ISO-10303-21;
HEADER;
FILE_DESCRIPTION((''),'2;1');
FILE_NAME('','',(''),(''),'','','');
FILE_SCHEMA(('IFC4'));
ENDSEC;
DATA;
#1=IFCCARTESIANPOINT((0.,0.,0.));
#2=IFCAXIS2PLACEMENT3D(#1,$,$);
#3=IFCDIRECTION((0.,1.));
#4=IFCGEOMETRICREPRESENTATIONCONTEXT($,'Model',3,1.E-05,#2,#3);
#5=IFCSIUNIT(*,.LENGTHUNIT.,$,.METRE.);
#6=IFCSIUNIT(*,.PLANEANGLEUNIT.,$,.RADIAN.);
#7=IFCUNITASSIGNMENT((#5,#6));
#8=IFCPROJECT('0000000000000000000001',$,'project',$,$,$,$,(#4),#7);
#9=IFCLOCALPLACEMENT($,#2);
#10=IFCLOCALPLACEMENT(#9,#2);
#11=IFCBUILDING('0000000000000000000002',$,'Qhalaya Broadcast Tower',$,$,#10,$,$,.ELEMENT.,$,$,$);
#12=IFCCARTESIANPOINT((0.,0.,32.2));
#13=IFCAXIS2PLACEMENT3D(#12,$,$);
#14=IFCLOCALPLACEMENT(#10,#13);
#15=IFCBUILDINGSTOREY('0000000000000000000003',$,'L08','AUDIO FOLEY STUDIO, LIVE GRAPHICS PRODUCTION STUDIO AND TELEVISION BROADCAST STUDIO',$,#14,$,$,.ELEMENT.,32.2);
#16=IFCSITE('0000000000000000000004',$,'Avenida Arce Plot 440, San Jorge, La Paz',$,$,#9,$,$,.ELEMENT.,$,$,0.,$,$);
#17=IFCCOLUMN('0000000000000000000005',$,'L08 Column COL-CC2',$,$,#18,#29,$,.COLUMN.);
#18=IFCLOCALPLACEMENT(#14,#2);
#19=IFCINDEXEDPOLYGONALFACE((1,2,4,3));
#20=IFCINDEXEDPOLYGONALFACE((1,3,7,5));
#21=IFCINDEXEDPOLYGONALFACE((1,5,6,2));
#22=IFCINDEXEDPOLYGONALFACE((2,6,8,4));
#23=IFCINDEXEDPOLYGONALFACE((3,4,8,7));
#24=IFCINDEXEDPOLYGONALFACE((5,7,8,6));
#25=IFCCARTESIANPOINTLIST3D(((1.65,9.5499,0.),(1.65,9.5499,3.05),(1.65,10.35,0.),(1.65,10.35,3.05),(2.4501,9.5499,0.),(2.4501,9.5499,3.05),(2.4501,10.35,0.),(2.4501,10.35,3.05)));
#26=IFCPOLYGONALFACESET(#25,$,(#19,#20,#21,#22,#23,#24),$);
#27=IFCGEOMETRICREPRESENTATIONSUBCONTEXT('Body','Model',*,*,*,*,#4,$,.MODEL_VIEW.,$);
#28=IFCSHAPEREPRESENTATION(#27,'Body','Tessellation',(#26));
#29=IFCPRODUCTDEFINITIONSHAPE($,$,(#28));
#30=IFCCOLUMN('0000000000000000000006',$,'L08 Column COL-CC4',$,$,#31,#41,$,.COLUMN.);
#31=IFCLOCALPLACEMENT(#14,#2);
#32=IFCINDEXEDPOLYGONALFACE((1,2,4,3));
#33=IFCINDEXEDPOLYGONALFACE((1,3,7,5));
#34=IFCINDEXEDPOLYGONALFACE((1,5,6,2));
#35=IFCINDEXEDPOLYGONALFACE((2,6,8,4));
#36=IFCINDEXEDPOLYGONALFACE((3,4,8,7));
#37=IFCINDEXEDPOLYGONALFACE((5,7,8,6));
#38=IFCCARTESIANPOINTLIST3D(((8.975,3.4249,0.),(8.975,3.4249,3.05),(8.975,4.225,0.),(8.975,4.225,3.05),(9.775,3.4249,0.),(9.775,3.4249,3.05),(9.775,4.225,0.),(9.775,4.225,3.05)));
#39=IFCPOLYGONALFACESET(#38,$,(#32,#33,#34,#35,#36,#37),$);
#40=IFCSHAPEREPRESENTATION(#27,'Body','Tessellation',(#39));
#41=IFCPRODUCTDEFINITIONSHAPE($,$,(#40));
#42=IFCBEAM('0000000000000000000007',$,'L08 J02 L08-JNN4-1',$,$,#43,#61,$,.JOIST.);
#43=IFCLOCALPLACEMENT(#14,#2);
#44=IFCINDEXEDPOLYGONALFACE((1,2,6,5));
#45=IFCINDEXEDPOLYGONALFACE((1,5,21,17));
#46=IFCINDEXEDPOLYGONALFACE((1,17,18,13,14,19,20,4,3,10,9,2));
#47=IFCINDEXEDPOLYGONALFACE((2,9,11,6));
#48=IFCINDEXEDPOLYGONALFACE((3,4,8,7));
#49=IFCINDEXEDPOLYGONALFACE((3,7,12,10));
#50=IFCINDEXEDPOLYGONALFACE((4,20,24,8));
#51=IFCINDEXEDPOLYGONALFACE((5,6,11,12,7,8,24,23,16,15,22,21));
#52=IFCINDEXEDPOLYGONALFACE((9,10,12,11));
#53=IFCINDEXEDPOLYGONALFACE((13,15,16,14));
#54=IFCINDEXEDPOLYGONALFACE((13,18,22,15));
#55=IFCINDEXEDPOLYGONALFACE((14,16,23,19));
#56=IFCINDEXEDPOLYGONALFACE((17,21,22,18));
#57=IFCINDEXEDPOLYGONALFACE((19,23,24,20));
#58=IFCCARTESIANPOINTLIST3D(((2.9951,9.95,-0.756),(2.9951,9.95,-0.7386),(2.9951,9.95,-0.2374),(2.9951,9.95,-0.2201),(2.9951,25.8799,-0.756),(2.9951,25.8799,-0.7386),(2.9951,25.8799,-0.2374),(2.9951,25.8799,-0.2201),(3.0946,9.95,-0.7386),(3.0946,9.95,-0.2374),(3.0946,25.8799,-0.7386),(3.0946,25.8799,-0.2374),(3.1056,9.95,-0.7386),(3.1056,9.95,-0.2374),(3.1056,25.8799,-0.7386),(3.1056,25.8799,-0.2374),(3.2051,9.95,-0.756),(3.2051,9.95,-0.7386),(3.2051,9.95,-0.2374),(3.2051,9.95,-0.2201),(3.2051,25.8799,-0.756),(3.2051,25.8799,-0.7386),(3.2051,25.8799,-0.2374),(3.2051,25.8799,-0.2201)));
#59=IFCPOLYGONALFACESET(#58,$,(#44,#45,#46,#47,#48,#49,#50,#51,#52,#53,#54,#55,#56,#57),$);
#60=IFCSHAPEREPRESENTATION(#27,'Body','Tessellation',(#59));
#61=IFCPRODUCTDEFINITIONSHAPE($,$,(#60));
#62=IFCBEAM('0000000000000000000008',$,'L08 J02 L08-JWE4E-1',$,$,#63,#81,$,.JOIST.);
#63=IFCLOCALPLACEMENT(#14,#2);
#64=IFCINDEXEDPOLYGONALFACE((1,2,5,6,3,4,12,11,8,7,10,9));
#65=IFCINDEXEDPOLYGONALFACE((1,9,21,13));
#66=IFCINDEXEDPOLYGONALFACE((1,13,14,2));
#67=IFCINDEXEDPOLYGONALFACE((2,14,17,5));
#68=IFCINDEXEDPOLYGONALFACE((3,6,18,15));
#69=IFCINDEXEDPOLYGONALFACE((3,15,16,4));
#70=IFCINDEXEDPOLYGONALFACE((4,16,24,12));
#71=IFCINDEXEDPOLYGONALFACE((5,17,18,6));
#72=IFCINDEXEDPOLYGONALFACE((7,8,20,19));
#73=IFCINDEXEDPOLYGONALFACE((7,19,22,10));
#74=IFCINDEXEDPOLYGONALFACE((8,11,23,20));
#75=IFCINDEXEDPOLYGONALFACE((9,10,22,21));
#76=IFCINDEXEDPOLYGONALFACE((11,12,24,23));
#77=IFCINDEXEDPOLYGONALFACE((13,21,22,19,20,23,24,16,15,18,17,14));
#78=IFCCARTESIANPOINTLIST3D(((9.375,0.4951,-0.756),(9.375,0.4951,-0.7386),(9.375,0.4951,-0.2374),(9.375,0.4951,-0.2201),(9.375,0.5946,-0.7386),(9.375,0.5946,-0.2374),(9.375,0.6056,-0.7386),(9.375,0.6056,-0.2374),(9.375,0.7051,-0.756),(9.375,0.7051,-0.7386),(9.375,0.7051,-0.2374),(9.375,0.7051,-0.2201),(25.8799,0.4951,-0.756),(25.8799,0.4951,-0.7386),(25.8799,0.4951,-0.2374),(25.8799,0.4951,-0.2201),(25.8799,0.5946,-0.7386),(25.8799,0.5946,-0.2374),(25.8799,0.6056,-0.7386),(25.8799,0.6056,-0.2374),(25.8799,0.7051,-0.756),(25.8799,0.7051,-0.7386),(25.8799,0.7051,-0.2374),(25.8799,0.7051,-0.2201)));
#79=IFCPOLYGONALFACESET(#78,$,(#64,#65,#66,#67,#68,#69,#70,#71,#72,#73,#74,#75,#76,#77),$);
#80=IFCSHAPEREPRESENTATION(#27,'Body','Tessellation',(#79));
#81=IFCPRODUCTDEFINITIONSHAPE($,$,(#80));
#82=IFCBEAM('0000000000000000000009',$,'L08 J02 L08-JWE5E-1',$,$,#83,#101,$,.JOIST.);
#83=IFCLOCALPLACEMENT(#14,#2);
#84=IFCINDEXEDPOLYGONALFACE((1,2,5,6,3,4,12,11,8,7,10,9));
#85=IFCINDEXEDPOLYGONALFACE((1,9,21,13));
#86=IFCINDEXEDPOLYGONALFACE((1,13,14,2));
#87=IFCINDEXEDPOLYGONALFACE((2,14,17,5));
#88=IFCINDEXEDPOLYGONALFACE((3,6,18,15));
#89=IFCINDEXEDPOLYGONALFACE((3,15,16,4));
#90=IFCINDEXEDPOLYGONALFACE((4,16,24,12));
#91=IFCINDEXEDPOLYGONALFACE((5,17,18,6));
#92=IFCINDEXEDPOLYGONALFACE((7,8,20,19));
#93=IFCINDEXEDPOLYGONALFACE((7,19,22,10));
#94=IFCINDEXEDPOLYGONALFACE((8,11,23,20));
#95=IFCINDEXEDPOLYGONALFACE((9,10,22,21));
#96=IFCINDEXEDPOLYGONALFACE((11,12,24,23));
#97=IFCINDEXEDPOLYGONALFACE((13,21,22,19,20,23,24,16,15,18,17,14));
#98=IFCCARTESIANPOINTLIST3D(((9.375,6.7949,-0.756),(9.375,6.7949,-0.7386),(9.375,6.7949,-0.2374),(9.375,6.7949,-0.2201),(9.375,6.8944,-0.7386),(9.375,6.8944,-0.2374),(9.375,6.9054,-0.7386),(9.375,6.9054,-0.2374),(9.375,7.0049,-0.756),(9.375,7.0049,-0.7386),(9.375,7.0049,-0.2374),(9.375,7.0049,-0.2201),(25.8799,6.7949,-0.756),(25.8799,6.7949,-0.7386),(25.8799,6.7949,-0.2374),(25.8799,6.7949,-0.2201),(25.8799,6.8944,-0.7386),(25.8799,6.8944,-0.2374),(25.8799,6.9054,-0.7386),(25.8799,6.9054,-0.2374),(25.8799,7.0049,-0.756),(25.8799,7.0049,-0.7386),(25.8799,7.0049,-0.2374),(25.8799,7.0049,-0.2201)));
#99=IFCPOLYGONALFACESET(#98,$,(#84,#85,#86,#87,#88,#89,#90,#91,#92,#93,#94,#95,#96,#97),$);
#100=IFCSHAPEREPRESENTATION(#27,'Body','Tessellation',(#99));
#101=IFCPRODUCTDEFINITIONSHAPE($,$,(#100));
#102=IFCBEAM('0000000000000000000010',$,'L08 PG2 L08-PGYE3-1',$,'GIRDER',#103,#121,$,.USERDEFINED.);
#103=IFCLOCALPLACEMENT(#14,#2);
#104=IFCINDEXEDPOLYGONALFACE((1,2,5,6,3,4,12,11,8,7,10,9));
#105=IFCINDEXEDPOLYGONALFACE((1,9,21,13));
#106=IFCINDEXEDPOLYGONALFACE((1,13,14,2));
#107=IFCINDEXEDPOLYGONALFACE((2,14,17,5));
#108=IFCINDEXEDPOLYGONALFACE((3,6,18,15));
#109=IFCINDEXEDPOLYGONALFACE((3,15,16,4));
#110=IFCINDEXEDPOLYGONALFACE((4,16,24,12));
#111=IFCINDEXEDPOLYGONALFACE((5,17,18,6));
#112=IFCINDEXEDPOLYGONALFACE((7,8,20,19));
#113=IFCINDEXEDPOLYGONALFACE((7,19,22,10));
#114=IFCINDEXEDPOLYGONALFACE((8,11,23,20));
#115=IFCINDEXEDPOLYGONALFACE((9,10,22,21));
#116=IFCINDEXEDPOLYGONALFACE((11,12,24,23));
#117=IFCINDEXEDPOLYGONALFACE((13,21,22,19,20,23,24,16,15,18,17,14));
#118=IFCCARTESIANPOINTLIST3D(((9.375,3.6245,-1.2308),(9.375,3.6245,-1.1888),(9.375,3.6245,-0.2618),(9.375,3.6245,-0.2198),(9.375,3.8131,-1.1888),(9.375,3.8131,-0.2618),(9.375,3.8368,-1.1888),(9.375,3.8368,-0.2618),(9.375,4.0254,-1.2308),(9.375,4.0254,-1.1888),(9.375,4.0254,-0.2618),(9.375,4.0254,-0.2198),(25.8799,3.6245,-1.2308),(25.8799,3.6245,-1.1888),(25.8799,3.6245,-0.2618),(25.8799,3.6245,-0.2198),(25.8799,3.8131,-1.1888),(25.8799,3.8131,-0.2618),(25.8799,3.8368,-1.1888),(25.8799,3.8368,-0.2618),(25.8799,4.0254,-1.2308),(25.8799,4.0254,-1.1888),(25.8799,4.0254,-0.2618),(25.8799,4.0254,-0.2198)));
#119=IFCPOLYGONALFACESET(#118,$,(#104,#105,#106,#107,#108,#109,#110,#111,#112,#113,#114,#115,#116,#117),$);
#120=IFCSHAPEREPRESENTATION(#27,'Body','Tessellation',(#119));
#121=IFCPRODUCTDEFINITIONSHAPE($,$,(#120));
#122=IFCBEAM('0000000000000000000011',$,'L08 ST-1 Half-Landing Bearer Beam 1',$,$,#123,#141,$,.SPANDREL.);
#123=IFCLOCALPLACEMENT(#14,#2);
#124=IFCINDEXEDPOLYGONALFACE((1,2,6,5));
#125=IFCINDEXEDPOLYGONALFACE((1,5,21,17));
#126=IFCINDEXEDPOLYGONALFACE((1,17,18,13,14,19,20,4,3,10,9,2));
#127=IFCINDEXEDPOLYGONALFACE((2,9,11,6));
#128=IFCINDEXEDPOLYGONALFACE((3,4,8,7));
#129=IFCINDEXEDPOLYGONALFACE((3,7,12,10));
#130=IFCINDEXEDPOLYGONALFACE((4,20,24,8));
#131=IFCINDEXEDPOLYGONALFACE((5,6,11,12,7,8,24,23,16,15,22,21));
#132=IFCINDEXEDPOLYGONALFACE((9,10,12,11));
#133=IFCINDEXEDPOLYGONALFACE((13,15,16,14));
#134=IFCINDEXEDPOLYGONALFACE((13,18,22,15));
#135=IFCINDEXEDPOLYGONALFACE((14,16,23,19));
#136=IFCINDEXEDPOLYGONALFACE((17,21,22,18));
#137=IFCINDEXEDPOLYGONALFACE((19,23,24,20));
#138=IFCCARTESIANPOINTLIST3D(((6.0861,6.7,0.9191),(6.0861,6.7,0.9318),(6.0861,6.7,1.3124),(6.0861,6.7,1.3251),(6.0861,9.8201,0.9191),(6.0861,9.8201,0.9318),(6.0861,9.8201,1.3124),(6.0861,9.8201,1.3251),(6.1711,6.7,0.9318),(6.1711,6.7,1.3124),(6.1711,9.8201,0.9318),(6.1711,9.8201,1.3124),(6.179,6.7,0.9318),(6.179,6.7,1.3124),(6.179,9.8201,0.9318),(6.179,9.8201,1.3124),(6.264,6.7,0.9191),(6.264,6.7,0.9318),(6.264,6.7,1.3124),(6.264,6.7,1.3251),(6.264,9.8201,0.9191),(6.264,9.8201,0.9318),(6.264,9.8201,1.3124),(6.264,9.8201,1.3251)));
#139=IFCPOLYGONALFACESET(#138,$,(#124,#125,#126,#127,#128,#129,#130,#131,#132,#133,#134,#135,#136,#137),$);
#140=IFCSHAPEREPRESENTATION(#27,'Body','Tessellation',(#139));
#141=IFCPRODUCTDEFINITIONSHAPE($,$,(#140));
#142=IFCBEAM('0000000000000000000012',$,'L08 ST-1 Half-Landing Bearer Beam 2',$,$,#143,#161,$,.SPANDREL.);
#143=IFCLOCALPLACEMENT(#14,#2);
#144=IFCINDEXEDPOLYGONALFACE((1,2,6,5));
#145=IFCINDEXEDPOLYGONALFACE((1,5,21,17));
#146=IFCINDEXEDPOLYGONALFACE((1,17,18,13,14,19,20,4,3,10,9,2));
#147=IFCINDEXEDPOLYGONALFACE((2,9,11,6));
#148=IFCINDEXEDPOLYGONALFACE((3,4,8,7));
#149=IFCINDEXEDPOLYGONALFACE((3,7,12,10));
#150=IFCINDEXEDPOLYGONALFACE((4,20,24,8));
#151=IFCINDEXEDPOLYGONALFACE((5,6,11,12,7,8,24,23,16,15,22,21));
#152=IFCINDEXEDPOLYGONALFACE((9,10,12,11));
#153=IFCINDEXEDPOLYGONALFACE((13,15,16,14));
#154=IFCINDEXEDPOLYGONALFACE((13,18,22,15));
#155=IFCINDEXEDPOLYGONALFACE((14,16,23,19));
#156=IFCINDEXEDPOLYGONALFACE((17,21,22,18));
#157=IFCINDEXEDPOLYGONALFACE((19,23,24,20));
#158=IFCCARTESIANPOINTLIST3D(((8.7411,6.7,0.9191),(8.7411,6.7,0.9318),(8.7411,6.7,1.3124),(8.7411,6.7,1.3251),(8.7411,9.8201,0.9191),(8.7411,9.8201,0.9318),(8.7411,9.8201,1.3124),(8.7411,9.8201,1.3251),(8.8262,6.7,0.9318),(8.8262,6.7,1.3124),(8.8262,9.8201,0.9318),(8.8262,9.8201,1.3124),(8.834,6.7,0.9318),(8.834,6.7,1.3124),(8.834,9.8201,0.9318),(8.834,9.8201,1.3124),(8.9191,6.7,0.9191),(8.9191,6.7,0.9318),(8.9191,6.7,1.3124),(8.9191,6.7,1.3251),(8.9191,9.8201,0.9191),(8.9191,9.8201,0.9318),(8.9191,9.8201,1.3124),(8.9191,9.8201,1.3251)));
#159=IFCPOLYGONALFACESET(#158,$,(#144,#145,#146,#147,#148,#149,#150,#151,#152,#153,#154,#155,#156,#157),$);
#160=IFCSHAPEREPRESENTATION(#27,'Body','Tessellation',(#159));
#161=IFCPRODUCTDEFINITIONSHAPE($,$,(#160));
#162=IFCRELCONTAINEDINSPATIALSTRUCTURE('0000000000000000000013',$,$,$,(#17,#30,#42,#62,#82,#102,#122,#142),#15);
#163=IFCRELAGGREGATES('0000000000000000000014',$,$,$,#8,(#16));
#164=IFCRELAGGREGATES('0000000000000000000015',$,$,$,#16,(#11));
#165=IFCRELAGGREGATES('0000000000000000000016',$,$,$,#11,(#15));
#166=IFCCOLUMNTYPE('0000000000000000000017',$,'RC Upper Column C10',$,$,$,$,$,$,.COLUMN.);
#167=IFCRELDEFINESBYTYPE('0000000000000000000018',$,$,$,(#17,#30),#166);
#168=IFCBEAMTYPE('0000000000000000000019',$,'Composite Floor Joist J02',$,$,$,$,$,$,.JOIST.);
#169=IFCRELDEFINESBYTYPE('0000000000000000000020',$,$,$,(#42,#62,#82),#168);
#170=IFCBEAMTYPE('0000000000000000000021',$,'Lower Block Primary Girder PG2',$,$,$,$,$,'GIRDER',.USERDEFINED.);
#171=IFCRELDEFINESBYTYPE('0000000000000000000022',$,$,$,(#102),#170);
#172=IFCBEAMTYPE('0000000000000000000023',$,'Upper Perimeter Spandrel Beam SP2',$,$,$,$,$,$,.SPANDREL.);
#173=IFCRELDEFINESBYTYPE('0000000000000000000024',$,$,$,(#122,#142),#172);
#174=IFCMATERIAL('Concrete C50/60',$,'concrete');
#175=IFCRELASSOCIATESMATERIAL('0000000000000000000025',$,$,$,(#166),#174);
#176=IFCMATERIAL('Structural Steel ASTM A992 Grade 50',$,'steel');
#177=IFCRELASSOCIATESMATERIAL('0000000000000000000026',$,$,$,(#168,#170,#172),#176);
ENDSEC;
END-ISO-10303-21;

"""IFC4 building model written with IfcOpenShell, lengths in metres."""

from ifc_helpers import new_model, si_unit, direction, frame, origin, origin_2d, place, context, subcontext, project, spatial, rectangle, i_section, extrude, material, material_profile, profile_set, type_object, element, save


model = new_model("IFC4")

# Units and contexts
model_context = context("Model", 3, precision=1e-05, world=origin(), true_north=direction((0.0, 1.0)))
body_context = subcontext(model_context, "Body", "Model", "MODEL_VIEW")
ifc_project = project(units=[si_unit("LENGTHUNIT", "METRE"), si_unit("PLANEANGLEUNIT", "RADIAN")], contexts=[model_context])

# Site, building, storey
site_placement = place(None, origin())
site = spatial("IfcSite", under=ifc_project, at=site_placement, Name="Avenida Arce Plot 440, San Jorge, La Paz", CompositionType="ELEMENT", RefElevation=0.0)
building_placement = place(site_placement, origin())
building = spatial("IfcBuilding", under=site, at=building_placement, Name="Qhalaya Broadcast Tower", CompositionType="ELEMENT")
storey_placement = place(building_placement, frame((0.0, 0.0, 32.2)))
storey = spatial("IfcBuildingStorey", under=building, at=storey_placement, Name="L08", Description="AUDIO FOLEY STUDIO, LIVE GRAPHICS PRODUCTION STUDIO AND TELEVISION BROADCAST STUDIO", CompositionType="ELEMENT", Elevation=32.2)

# Columns
ifc_material_1 = material(Name="Concrete C50/60", Category="concrete")
ifc_material_profile_1 = material_profile(ifc_material_1, rectangle(XDim=0.8, YDim=0.8, at=origin_2d()), Name="RC-COL 800x800")
ifc_profile_set_1 = profile_set([ifc_material_profile_1], Name="Concrete C50/60")
column_type = type_object("IfcColumnType", Name="RC Upper Column C10", PredefinedType="COLUMN", material=ifc_profile_set_1)
for number, where, z_axis, x_axis, name in (
    (1, (2.05, 9.95, 0.0), (0.0, 0.0, 1.0), (1.0, 0.0, 0.0), "L08 Column COL-CC2"),
    (2, (9.375, 3.825, 0.0), (0.0, 0.0, 1.0), (1.0, 0.0, 0.0), "L08 Column COL-CC4"),
):
    element("IfcColumn", number, at=place(storey_placement, frame(where, z_axis=z_axis, x_axis=x_axis)), inside=storey, type_object=column_type, Name=name, PredefinedType="COLUMN", context=body_context, shape_type="SweptSolid", body=[
        extrude(rectangle(XDim=0.8, YDim=0.8, at=origin_2d()), origin(), (0.0, 0.0, 1.0), 3.05),
    ])

# Beams
ifc_material_2 = material(Name="Structural Steel ASTM A992 Grade 50", Category="steel")
ifc_material_profile_2 = material_profile(ifc_material_2, i_section(OverallWidth=0.21, OverallDepth=0.5359, WebThickness=0.011, FlangeThickness=0.0173, at=origin_2d()), Name="W21X68")
ifc_profile_set_2 = profile_set([ifc_material_profile_2], Name="Structural Steel ASTM A992 Grade 50")
beam_type_1 = type_object("IfcBeamType", Name="Composite Floor Joist J02", PredefinedType="JOIST", material=ifc_profile_set_2)
beam_1_placement = place(storey_placement, frame((3.1001, 9.95, -0.488), z_axis=(0.0, 1.0, 0.0), x_axis=(-1.0, 0.0, 0.0)))
element("IfcBeam", 3, at=beam_1_placement, inside=storey, type_object=beam_type_1, Name="L08 J02 L08-JNN4-1", PredefinedType="JOIST", context=body_context, shape_type="SweptSolid", body=[
    extrude(i_section(OverallWidth=0.21, OverallDepth=0.5359, WebThickness=0.011, FlangeThickness=0.0173, at=origin_2d()), origin(), (0.0, 0.0, 1.0), 15.9299),
])
for number, where, z_axis, x_axis, name in (
    (4, (9.375, 0.6001, -0.488), (1.0, 0.0, 0.0), (0.0, 1.0, 0.0), "L08 J02 L08-JWE4E-1"),
    (5, (9.375, 6.8999, -0.488), (1.0, 0.0, 0.0), (0.0, 1.0, 0.0), "L08 J02 L08-JWE5E-1"),
):
    element("IfcBeam", number, at=place(storey_placement, frame(where, z_axis=z_axis, x_axis=x_axis)), inside=storey, type_object=beam_type_1, Name=name, PredefinedType="JOIST", context=body_context, shape_type="SweptSolid", body=[
        extrude(i_section(OverallWidth=0.21, OverallDepth=0.5359, WebThickness=0.011, FlangeThickness=0.0173, at=origin_2d()), origin(), (0.0, 0.0, 1.0), 16.5049),
    ])
ifc_material_profile_3 = material_profile(ifc_material_2, i_section(OverallWidth=0.4009, OverallDepth=1.011, WebThickness=0.0237, FlangeThickness=0.042, at=origin_2d()), Name="W40X297")
ifc_profile_set_3 = profile_set([ifc_material_profile_3], Name="Structural Steel ASTM A992 Grade 50")
beam_type_2 = type_object("IfcBeamType", Name="Lower Block Primary Girder PG2", ElementType="GIRDER", PredefinedType="USERDEFINED", material=ifc_profile_set_3)
beam_2_placement = place(storey_placement, frame((9.375, 3.825, -0.7253), z_axis=(1.0, 0.0, 0.0), x_axis=(0.0, 1.0, 0.0)))
element("IfcBeam", 6, at=beam_2_placement, inside=storey, type_object=beam_type_2, Name="L08 PG2 L08-PGYE3-1", ObjectType="GIRDER", PredefinedType="USERDEFINED", context=body_context, shape_type="SweptSolid", body=[
    extrude(i_section(OverallWidth=0.4009, OverallDepth=1.011, WebThickness=0.0237, FlangeThickness=0.042, at=origin_2d()), origin(), (0.0, 0.0, 1.0), 16.5049),
])
ifc_material_profile_4 = material_profile(ifc_material_2, i_section(OverallWidth=0.178, OverallDepth=0.406, WebThickness=0.0078, FlangeThickness=0.0127, at=origin_2d()), Name="W16X40")
ifc_profile_set_4 = profile_set([ifc_material_profile_4], Name="Structural Steel ASTM A992 Grade 50")
beam_type_3 = type_object("IfcBeamType", Name="Upper Perimeter Spandrel Beam SP2", PredefinedType="SPANDREL", material=ifc_profile_set_4)
for number, where, z_axis, x_axis, name in (
    (7, (6.175, 6.7, 1.1221), (0.0, 1.0, 0.0), (-1.0, 0.0, 0.0), "L08 ST-1 Half-Landing Bearer Beam 1"),
    (8, (8.8301, 6.7, 1.1221), (0.0, 1.0, 0.0), (-1.0, 0.0, 0.0), "L08 ST-1 Half-Landing Bearer Beam 2"),
):
    element("IfcBeam", number, at=place(storey_placement, frame(where, z_axis=z_axis, x_axis=x_axis)), inside=storey, type_object=beam_type_3, Name=name, PredefinedType="SPANDREL", context=body_context, shape_type="SweptSolid", body=[
        extrude(i_section(OverallWidth=0.178, OverallDepth=0.406, WebThickness=0.0078, FlangeThickness=0.0127, at=origin_2d()), origin(), (0.0, 0.0, 1.0), 3.1201),
    ])

save(model, "model.ifc")
